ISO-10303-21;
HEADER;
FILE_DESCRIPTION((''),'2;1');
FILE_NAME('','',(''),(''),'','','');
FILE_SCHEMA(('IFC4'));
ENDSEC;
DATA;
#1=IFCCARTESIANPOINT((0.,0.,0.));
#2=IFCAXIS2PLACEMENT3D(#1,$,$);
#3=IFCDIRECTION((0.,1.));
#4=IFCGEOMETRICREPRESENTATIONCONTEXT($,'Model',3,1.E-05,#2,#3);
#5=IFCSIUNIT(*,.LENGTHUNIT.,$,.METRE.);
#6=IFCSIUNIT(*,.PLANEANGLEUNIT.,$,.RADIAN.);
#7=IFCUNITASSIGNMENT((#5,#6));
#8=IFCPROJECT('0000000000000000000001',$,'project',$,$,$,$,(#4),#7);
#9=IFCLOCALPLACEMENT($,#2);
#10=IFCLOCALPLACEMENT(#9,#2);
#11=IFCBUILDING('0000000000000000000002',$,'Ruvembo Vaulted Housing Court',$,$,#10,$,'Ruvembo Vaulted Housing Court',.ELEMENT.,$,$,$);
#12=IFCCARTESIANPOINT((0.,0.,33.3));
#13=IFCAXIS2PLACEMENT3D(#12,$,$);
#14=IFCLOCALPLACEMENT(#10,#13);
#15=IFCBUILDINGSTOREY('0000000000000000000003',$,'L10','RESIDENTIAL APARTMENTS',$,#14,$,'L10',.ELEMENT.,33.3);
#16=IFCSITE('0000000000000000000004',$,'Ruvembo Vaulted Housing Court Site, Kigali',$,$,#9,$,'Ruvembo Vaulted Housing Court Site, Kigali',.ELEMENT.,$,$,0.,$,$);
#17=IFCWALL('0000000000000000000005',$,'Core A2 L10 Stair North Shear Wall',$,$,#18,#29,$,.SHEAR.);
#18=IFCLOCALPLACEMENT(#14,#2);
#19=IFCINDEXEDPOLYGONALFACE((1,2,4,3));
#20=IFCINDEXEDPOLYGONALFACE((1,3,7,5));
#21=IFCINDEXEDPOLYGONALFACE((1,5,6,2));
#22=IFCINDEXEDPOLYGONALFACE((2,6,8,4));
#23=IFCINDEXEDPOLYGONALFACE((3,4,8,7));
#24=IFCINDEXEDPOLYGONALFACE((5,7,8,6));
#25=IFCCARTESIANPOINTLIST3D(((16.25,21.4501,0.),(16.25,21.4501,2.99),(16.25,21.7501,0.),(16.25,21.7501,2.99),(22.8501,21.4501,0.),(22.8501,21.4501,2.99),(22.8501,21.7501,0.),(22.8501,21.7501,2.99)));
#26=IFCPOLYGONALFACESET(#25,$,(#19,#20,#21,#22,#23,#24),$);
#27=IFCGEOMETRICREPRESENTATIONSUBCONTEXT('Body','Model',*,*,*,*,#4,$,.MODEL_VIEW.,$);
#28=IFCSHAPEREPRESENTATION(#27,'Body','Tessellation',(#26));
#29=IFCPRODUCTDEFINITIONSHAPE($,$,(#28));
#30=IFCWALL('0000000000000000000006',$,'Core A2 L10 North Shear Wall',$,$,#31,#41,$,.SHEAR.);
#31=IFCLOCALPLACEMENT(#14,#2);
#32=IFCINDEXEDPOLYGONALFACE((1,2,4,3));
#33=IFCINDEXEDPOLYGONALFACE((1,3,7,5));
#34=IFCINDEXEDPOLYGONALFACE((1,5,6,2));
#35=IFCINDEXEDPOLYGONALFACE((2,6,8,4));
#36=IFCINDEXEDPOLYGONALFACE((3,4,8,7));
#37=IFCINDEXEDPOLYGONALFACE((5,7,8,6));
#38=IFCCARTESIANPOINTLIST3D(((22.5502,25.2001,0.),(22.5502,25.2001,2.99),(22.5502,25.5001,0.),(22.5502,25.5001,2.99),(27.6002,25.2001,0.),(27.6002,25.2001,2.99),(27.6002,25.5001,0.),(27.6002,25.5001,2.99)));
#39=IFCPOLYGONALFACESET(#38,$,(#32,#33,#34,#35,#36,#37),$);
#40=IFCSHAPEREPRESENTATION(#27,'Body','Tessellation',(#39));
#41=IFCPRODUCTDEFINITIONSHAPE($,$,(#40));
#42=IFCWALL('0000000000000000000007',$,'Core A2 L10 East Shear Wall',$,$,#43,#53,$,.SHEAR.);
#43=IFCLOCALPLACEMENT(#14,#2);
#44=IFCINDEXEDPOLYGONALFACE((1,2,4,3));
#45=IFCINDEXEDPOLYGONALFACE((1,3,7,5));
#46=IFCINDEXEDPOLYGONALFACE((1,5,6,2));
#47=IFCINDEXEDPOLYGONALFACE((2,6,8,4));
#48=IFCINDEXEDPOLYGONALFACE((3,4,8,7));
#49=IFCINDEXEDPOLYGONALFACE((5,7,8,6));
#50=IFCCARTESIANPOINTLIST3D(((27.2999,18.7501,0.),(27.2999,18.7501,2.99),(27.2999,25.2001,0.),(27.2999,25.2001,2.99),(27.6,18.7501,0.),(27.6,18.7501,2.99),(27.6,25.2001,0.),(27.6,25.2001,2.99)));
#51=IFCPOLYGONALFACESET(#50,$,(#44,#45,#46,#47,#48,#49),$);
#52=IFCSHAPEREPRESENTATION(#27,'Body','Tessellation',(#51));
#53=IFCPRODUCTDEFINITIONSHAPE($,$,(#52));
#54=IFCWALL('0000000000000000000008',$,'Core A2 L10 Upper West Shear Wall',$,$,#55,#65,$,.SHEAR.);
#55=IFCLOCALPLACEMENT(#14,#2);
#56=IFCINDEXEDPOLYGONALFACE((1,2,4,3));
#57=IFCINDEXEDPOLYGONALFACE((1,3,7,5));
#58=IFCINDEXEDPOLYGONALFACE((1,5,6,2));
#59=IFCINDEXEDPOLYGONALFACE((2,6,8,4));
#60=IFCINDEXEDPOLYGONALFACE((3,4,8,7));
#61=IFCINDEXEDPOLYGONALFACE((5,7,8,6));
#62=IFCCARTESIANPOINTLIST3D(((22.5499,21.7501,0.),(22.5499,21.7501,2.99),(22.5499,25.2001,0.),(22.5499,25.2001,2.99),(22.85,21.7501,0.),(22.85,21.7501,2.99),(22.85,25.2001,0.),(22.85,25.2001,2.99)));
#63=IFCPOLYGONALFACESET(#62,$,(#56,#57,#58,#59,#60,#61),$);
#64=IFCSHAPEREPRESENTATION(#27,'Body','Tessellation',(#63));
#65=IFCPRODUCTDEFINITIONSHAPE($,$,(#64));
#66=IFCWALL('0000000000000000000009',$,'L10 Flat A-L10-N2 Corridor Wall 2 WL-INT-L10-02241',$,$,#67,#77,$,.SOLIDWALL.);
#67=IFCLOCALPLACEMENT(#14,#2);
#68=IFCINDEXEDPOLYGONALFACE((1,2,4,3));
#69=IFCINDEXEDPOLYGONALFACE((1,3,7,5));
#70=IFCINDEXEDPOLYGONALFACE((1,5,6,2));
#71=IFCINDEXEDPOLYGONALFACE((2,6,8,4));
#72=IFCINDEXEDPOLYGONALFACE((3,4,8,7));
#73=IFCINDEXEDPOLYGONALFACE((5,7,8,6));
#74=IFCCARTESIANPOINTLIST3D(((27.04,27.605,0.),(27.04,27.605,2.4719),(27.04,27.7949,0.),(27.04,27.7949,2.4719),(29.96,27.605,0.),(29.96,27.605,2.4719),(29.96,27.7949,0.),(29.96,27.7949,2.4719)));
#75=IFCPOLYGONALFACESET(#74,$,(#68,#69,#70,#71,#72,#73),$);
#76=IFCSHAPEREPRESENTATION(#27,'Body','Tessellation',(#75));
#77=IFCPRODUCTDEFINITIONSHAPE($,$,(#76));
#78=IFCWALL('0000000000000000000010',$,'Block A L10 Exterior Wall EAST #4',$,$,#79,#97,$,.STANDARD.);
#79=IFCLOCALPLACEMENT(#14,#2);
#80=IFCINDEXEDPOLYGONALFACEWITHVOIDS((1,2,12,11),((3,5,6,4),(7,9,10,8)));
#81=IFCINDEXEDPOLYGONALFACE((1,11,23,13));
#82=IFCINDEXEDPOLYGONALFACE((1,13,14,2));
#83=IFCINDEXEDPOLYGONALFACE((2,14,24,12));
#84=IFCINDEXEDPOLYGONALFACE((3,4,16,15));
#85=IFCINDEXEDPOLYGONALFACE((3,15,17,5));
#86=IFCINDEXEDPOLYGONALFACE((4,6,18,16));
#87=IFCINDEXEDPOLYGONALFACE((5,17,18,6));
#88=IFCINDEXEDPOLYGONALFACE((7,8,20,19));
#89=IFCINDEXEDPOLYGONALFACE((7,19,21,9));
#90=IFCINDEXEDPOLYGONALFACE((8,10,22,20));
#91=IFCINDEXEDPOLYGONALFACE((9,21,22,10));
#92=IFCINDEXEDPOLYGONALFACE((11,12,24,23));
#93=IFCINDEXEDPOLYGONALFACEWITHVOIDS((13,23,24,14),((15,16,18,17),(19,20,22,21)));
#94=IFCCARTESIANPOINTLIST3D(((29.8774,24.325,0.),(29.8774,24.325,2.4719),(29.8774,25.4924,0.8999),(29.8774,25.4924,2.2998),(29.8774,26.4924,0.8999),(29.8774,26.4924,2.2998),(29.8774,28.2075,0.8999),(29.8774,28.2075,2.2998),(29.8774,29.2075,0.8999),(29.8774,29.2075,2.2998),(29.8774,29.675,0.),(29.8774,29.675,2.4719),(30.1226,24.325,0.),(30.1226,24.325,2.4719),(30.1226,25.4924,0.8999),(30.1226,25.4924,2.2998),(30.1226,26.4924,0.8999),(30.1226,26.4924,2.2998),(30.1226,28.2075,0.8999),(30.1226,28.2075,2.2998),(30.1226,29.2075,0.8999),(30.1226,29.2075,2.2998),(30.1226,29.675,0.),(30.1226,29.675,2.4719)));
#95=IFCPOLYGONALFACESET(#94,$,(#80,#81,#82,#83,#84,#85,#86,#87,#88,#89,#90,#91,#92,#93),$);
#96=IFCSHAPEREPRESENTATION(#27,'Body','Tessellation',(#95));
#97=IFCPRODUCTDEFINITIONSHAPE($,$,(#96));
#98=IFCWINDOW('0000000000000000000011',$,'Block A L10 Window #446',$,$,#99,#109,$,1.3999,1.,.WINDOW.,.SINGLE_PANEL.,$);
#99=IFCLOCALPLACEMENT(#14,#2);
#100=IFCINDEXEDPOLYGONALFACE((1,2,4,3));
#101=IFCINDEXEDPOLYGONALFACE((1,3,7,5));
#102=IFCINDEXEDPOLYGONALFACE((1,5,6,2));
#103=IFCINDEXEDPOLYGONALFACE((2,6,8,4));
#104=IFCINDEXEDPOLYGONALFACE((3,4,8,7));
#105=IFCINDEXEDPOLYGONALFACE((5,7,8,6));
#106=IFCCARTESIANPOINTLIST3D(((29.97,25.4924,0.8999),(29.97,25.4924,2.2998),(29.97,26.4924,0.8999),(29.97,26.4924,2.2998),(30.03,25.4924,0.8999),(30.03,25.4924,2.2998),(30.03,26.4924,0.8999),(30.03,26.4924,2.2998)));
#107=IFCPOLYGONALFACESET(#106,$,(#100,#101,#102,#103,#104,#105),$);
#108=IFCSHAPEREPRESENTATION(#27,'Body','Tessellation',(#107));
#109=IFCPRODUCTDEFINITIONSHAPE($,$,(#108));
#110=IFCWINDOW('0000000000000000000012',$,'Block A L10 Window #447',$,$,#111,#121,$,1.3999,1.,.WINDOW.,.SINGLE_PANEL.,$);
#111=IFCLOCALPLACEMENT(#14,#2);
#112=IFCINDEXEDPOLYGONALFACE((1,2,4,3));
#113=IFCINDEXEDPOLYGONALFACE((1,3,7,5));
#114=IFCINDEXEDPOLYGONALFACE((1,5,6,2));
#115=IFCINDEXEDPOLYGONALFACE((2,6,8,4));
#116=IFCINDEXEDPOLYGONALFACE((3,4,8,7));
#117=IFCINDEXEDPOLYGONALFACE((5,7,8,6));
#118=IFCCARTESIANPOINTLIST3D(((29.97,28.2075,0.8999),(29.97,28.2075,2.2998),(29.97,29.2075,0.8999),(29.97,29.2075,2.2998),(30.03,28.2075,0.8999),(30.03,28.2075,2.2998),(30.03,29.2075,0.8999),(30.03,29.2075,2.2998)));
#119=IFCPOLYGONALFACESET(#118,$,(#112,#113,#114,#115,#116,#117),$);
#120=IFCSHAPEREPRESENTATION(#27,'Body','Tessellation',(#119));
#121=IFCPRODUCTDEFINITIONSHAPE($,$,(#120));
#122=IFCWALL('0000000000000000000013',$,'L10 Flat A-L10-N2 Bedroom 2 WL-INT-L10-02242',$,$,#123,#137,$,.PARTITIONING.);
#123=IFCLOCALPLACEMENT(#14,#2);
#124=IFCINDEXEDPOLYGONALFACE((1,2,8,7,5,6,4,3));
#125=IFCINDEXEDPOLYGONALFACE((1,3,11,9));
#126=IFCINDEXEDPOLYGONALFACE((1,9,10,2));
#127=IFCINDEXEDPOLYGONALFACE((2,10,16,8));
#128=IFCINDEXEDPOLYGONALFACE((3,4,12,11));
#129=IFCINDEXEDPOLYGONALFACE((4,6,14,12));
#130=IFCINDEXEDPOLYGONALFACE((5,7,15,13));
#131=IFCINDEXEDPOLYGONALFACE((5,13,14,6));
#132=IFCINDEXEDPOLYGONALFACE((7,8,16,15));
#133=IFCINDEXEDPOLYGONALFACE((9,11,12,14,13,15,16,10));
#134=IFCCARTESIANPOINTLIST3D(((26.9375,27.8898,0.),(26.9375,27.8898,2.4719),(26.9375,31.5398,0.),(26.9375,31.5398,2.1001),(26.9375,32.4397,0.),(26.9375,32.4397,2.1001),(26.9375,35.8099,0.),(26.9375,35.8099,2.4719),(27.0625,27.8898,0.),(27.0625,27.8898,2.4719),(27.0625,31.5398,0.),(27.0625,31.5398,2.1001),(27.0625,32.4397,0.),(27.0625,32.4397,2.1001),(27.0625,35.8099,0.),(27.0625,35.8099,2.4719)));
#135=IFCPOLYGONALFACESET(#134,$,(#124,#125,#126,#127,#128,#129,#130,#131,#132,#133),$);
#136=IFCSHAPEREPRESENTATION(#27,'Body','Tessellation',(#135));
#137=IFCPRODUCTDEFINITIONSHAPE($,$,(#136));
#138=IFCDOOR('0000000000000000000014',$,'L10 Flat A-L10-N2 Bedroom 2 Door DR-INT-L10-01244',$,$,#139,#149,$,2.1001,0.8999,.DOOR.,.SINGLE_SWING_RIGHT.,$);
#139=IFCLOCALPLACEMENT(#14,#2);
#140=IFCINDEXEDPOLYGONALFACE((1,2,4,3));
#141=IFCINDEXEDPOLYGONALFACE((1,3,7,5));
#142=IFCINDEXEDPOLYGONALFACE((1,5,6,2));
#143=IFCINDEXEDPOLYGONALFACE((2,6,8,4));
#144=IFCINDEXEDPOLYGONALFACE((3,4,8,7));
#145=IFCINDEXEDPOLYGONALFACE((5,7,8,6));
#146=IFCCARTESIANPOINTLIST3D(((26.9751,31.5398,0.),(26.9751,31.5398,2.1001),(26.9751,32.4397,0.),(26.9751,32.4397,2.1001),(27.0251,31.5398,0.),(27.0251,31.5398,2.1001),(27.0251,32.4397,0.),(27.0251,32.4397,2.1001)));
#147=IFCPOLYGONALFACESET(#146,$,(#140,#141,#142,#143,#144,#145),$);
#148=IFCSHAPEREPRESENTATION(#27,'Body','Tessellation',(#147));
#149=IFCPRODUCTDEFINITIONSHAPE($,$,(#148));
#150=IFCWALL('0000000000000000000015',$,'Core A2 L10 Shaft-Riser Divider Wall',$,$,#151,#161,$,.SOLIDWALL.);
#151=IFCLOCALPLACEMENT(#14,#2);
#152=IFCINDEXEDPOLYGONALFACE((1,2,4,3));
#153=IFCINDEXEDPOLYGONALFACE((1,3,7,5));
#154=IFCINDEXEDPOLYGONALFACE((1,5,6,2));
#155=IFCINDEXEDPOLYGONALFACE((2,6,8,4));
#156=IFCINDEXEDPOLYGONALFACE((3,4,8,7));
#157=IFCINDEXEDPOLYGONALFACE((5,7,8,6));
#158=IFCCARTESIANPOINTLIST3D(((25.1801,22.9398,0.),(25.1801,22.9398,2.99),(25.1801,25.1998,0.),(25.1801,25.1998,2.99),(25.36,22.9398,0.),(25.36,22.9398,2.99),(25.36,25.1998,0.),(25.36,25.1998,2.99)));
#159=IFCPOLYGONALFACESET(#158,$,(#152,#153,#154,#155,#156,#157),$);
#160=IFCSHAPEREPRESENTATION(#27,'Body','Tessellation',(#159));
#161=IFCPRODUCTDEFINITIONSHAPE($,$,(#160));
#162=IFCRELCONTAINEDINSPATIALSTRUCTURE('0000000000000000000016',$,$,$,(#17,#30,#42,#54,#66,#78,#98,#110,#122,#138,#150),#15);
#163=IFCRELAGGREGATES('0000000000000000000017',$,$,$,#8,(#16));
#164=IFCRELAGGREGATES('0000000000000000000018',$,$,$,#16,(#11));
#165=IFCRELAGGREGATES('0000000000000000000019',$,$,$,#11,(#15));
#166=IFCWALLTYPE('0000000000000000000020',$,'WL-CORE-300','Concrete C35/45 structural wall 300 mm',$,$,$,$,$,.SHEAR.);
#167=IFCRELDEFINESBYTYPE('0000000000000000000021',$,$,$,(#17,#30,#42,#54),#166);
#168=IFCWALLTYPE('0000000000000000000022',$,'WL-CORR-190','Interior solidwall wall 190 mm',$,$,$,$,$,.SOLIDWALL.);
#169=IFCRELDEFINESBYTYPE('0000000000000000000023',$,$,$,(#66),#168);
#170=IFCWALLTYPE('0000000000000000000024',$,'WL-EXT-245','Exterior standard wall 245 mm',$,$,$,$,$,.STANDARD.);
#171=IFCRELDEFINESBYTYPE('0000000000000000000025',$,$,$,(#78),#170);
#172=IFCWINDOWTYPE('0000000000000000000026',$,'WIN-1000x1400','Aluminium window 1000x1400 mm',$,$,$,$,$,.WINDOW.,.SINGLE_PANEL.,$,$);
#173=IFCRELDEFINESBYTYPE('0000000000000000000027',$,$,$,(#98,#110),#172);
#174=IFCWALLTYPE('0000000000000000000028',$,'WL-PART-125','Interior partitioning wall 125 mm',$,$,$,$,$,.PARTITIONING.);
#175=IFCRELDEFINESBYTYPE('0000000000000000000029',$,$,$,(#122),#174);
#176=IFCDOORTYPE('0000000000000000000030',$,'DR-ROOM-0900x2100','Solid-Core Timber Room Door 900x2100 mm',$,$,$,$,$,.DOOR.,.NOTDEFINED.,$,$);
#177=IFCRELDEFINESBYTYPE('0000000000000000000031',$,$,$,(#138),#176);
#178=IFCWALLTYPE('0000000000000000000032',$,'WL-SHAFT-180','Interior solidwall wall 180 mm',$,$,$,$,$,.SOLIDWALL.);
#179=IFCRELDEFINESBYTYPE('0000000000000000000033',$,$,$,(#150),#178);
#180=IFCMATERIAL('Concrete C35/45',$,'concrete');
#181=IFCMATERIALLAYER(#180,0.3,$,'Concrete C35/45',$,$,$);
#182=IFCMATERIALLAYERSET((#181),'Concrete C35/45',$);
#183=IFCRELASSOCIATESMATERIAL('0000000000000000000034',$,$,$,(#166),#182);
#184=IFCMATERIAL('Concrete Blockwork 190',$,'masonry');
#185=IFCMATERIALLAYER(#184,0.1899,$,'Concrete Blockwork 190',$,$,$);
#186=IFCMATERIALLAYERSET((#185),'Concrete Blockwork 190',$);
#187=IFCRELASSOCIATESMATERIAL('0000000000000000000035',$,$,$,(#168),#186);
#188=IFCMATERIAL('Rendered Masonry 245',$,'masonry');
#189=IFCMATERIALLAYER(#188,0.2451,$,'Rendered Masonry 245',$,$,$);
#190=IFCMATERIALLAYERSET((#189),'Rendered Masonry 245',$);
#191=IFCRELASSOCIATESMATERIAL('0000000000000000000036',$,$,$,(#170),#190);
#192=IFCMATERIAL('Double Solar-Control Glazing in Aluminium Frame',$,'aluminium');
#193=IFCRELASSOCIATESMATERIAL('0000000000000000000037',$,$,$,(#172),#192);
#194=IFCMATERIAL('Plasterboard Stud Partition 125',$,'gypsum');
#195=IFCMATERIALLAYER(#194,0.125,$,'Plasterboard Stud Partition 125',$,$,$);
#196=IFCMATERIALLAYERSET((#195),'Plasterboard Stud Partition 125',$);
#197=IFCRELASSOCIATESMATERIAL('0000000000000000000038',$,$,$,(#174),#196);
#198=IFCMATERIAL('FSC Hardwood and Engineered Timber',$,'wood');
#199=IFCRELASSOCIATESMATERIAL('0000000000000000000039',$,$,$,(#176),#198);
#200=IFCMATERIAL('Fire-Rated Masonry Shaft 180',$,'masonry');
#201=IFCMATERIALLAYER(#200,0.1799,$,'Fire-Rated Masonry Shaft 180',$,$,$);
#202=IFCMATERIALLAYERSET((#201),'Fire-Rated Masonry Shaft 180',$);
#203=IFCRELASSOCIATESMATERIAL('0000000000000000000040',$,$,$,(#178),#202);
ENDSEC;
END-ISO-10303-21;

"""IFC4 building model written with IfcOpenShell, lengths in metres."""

from ifc_helpers import new_model, si_unit, direction, frame, frame_2d, origin, place, context, subcontext, project, spatial, rectangle, extrude, material, layer, layer_set, type_object, element, fill, save


model = new_model("IFC4")

# Units and contexts
model_context = context("Model", 3, precision=1e-05, world=origin(), true_north=direction((0.0, 1.0)))
body_context = subcontext(model_context, "Body", "Model", "MODEL_VIEW")
ifc_project = project(units=[si_unit("LENGTHUNIT", "METRE"), si_unit("PLANEANGLEUNIT", "RADIAN")], contexts=[model_context])

# Site, building, storey
site_placement = place(None, origin())
site = spatial("IfcSite", under=ifc_project, at=site_placement, Name="Ruvembo Vaulted Housing Court Site, Kigali", LongName="Ruvembo Vaulted Housing Court Site, Kigali", CompositionType="ELEMENT", RefElevation=0.0)
building_placement = place(site_placement, origin())
building = spatial("IfcBuilding", under=site, at=building_placement, Name="Ruvembo Vaulted Housing Court", LongName="Ruvembo Vaulted Housing Court", CompositionType="ELEMENT")
storey_placement = place(building_placement, frame((0.0, 0.0, 33.3)))
storey = spatial("IfcBuildingStorey", under=building, at=storey_placement, Name="L10", Description="RESIDENTIAL APARTMENTS", LongName="L10", CompositionType="ELEMENT", Elevation=33.3)

# Shared definitions
ifc_material_1 = material(Name="Concrete C35/45", Category="concrete")

# Wall
ifc_layer_1 = layer(ifc_material_1, 0.3, Name="Concrete C35/45")
ifc_layer_set_1 = layer_set([ifc_layer_1], Name="Concrete C35/45")
wall_type_1 = type_object("IfcWallType", Name="WL-CORE-300", Description="Concrete C35/45 structural wall 300 mm", PredefinedType="SHEAR", material=ifc_layer_set_1)
wall_1_placement = place(storey_placement, frame((22.8501, 21.6001, 0.0), z_axis=(0.0, 0.0, 1.0), x_axis=(-1.0, 0.0, 0.0)))
element("IfcWall", 1, at=wall_1_placement, inside=storey, type_object=wall_type_1, Name="Core A2 L10 Stair North Shear Wall", PredefinedType="SHEAR", context=body_context, shape_type="SweptSolid", body=[
    extrude(rectangle(XDim=6.6001, YDim=0.3, at=frame_2d((3.3, 0.0))), origin(), (0.0, 0.0, 1.0), 2.99),
])

# Walls
wall_2_placement = place(storey_placement, frame((27.6001, 25.3501, 0.0), z_axis=(0.0, 0.0, 1.0), x_axis=(-1.0, 0.0, 0.0)))
element("IfcWall", 2, at=wall_2_placement, inside=storey, type_object=wall_type_1, Name="Core A2 L10 North Shear Wall", PredefinedType="SHEAR", context=body_context, shape_type="SweptSolid", body=[
    extrude(rectangle(XDim=5.05, YDim=0.3, at=frame_2d((2.5249, 0.0))), origin(), (0.0, 0.0, 1.0), 2.99),
])
wall_3_placement = place(storey_placement, frame((27.45, 18.75, 0.0), z_axis=(0.0, 0.0, 1.0), x_axis=(0.0, 1.0, 0.0)))
element("IfcWall", 3, at=wall_3_placement, inside=storey, type_object=wall_type_1, Name="Core A2 L10 East Shear Wall", PredefinedType="SHEAR", context=body_context, shape_type="SweptSolid", body=[
    extrude(rectangle(XDim=6.45, YDim=0.3, at=frame_2d((3.2251, 0.0))), origin(), (0.0, 0.0, 1.0), 2.99),
])
wall_4_placement = place(storey_placement, frame((22.7, 21.75, 0.0), z_axis=(0.0, 0.0, 1.0), x_axis=(0.0, 1.0, 0.0)))
element("IfcWall", 4, at=wall_4_placement, inside=storey, type_object=wall_type_1, Name="Core A2 L10 Upper West Shear Wall", PredefinedType="SHEAR", context=body_context, shape_type="SweptSolid", body=[
    extrude(rectangle(XDim=3.45, YDim=0.3, at=frame_2d((1.7251, 0.0))), origin(), (0.0, 0.0, 1.0), 2.99),
])
ifc_material_2 = material(Name="Concrete Blockwork 190", Category="masonry")
ifc_layer_2 = layer(ifc_material_2, 0.1899, Name="Concrete Blockwork 190")
ifc_layer_set_2 = layer_set([ifc_layer_2], Name="Concrete Blockwork 190")
wall_type_2 = type_object("IfcWallType", Name="WL-CORR-190", Description="Interior solidwall wall 190 mm", PredefinedType="SOLIDWALL", material=ifc_layer_set_2)
wall_5_placement = place(storey_placement, frame((27.04, 27.7, 0.0), z_axis=(0.0, 0.0, 1.0), x_axis=(1.0, 0.0, 0.0)))
element("IfcWall", 5, at=wall_5_placement, inside=storey, type_object=wall_type_2, Name="L10 Flat A-L10-N2 Corridor Wall 2 WL-INT-L10-02241", PredefinedType="SOLIDWALL", context=body_context, shape_type="SweptSolid", body=[
    extrude(rectangle(XDim=2.9199, YDim=0.1899, at=frame_2d((1.46, 0.0))), origin(), (0.0, 0.0, 1.0), 2.4719),
])

# Shared definitions
ifc_material_3 = material(Name="Rendered Masonry 245", Category="masonry")
ifc_layer_3 = layer(ifc_material_3, 0.2451, Name="Rendered Masonry 245")
ifc_layer_set_3 = layer_set([ifc_layer_3], Name="Rendered Masonry 245")
wall_type_3 = type_object("IfcWallType", Name="WL-EXT-245", Description="Exterior standard wall 245 mm", PredefinedType="STANDARD", material=ifc_layer_set_3)

# Wall, openings, windows
wall_6_placement = place(storey_placement, frame((30.0, 24.325, 0.0), z_axis=(0.0, 0.0, 1.0), x_axis=(0.0, 1.0, 0.0)))
wall_6 = element("IfcWall", 6, at=wall_6_placement, inside=storey, type_object=wall_type_3, Name="Block A L10 Exterior Wall EAST #4", PredefinedType="STANDARD", context=body_context, shape_type="SweptSolid", body=[
    extrude(rectangle(XDim=5.3501, YDim=0.2451, at=frame_2d((2.675, 0.0))), origin(), (0.0, 0.0, 1.0), 2.4719),
])
opening_1_placement = place(wall_6_placement, frame((1.1675, 0.0, 0.8999)))
opening_1 = element("IfcOpeningElement", 7, at=opening_1_placement, cuts=wall_6, PredefinedType="OPENING", context=body_context, shape_type="SweptSolid", body=[
    extrude(rectangle(XDim=1.0, YDim=1.3999, at=frame_2d((0.5, 0.7))), frame((0.0, 0.1326, 0.0), z_axis=(0.0, -1.0, 0.0), x_axis=(1.0, 0.0, 0.0)), (0.0, 0.0, 1.0), 0.2651),
])
opening_2_placement = place(wall_6_placement, frame((3.8826, 0.0, 0.8999)))
opening_2 = element("IfcOpeningElement", 8, at=opening_2_placement, cuts=wall_6, PredefinedType="OPENING", context=body_context, shape_type="SweptSolid", body=[
    extrude(rectangle(XDim=1.0, YDim=1.3999, at=frame_2d((0.5, 0.7))), frame((0.0, 0.1326, 0.0), z_axis=(0.0, -1.0, 0.0), x_axis=(1.0, 0.0, 0.0)), (0.0, 0.0, 1.0), 0.2651),
])
ifc_material_4 = material(Name="Double Solar-Control Glazing in Aluminium Frame", Category="aluminium")
window_type = type_object("IfcWindowType", Name="WIN-1000x1400", Description="Aluminium window 1000x1400 mm", PartitioningType="SINGLE_PANEL", PredefinedType="WINDOW", material=ifc_material_4)
window_1_placement = place(opening_1_placement, origin())
window_1 = element("IfcWindow", 9, at=window_1_placement, inside=storey, type_object=window_type, Name="Block A L10 Window #446", OverallHeight=1.3999, OverallWidth=1.0, PartitioningType="SINGLE_PANEL", PredefinedType="WINDOW", context=body_context, shape_type="SweptSolid", body=[
    extrude(rectangle(XDim=1.0, YDim=1.3999, at=frame_2d((0.5, 0.7))), frame((0.0, 0.03, 0.0), z_axis=(0.0, -1.0, 0.0), x_axis=(1.0, 0.0, 0.0)), (0.0, 0.0, 1.0), 0.0601),
])
fill(opening_1, window_1)
window_2_placement = place(opening_2_placement, origin())
window_2 = element("IfcWindow", 10, at=window_2_placement, inside=storey, type_object=window_type, Name="Block A L10 Window #447", OverallHeight=1.3999, OverallWidth=1.0, PartitioningType="SINGLE_PANEL", PredefinedType="WINDOW", context=body_context, shape_type="SweptSolid", body=[
    extrude(rectangle(XDim=1.0, YDim=1.3999, at=frame_2d((0.5, 0.7))), frame((0.0, 0.03, 0.0), z_axis=(0.0, -1.0, 0.0), x_axis=(1.0, 0.0, 0.0)), (0.0, 0.0, 1.0), 0.0601),
])
fill(opening_2, window_2)

# Wall, opening, door
ifc_material_5 = material(Name="Plasterboard Stud Partition 125", Category="gypsum")
ifc_layer_4 = layer(ifc_material_5, 0.125, Name="Plasterboard Stud Partition 125")
ifc_layer_set_4 = layer_set([ifc_layer_4], Name="Plasterboard Stud Partition 125")
wall_type_4 = type_object("IfcWallType", Name="WL-PART-125", Description="Interior partitioning wall 125 mm", PredefinedType="PARTITIONING", material=ifc_layer_set_4)
wall_7_placement = place(storey_placement, frame((27.0, 27.8899, 0.0), z_axis=(0.0, 0.0, 1.0), x_axis=(0.0, 1.0, 0.0)))
wall_7 = element("IfcWall", 11, at=wall_7_placement, inside=storey, type_object=wall_type_4, Name="L10 Flat A-L10-N2 Bedroom 2 WL-INT-L10-02242", PredefinedType="PARTITIONING", context=body_context, shape_type="SweptSolid", body=[
    extrude(rectangle(XDim=7.9202, YDim=0.125, at=frame_2d((3.96, 0.0))), origin(), (0.0, 0.0, 1.0), 2.4719),
])
opening_3_placement = place(wall_7_placement, frame((3.6499, 0.0, 0.0)))
opening_3 = element("IfcOpeningElement", 12, at=opening_3_placement, cuts=wall_7, PredefinedType="OPENING", context=body_context, shape_type="SweptSolid", body=[
    extrude(rectangle(XDim=0.8999, YDim=2.1001, at=frame_2d((0.45, 1.05))), frame((0.0, 0.0725, 0.0), z_axis=(0.0, -1.0, 0.0), x_axis=(1.0, 0.0, 0.0)), (0.0, 0.0, 1.0), 0.145),
])
ifc_material_6 = material(Name="FSC Hardwood and Engineered Timber", Category="wood")
door_type_1 = type_object("IfcDoorType", Name="DR-ROOM-0900x2100", Description="Solid-Core Timber Room Door 900x2100 mm", OperationType="NOTDEFINED", PredefinedType="DOOR", material=ifc_material_6)
door_1_placement = place(opening_3_placement, origin())
door_1 = element("IfcDoor", 13, at=door_1_placement, inside=storey, type_object=door_type_1, Name="L10 Flat A-L10-N2 Bedroom 2 Door DR-INT-L10-01244", OperationType="SINGLE_SWING_RIGHT", OverallHeight=2.1001, OverallWidth=0.8999, PredefinedType="DOOR", context=body_context, shape_type="SweptSolid", body=[
    extrude(rectangle(XDim=0.8999, YDim=2.1001, at=frame_2d((0.45, 1.05))), frame((0.0, 0.0249, 0.0), z_axis=(0.0, -1.0, 0.0), x_axis=(1.0, 0.0, 0.0)), (0.0, 0.0, 1.0), 0.05),
])
fill(opening_3, door_1)

# Shared definitions
ifc_material_7 = material(Name="Fire-Rated Masonry Shaft 180", Category="masonry")
ifc_layer_5 = layer(ifc_material_7, 0.1799, Name="Fire-Rated Masonry Shaft 180")
ifc_layer_set_5 = layer_set([ifc_layer_5], Name="Fire-Rated Masonry Shaft 180")
wall_type_5 = type_object("IfcWallType", Name="WL-SHAFT-180", Description="Interior solidwall wall 180 mm", PredefinedType="SOLIDWALL", material=ifc_layer_set_5)

# Wall
wall_8_placement = place(storey_placement, frame((25.27, 22.9399, 0.0), z_axis=(0.0, 0.0, 1.0), x_axis=(0.0, 1.0, 0.0)))
element("IfcWall", 14, at=wall_8_placement, inside=storey, type_object=wall_type_5, Name="Core A2 L10 Shaft-Riser Divider Wall", PredefinedType="SOLIDWALL", context=body_context, shape_type="SweptSolid", body=[
    extrude(rectangle(XDim=2.26, YDim=0.1799, at=frame_2d((1.1299, 0.0))), origin(), (0.0, 0.0, 1.0), 2.99),
])

save(model, "model.ifc")
